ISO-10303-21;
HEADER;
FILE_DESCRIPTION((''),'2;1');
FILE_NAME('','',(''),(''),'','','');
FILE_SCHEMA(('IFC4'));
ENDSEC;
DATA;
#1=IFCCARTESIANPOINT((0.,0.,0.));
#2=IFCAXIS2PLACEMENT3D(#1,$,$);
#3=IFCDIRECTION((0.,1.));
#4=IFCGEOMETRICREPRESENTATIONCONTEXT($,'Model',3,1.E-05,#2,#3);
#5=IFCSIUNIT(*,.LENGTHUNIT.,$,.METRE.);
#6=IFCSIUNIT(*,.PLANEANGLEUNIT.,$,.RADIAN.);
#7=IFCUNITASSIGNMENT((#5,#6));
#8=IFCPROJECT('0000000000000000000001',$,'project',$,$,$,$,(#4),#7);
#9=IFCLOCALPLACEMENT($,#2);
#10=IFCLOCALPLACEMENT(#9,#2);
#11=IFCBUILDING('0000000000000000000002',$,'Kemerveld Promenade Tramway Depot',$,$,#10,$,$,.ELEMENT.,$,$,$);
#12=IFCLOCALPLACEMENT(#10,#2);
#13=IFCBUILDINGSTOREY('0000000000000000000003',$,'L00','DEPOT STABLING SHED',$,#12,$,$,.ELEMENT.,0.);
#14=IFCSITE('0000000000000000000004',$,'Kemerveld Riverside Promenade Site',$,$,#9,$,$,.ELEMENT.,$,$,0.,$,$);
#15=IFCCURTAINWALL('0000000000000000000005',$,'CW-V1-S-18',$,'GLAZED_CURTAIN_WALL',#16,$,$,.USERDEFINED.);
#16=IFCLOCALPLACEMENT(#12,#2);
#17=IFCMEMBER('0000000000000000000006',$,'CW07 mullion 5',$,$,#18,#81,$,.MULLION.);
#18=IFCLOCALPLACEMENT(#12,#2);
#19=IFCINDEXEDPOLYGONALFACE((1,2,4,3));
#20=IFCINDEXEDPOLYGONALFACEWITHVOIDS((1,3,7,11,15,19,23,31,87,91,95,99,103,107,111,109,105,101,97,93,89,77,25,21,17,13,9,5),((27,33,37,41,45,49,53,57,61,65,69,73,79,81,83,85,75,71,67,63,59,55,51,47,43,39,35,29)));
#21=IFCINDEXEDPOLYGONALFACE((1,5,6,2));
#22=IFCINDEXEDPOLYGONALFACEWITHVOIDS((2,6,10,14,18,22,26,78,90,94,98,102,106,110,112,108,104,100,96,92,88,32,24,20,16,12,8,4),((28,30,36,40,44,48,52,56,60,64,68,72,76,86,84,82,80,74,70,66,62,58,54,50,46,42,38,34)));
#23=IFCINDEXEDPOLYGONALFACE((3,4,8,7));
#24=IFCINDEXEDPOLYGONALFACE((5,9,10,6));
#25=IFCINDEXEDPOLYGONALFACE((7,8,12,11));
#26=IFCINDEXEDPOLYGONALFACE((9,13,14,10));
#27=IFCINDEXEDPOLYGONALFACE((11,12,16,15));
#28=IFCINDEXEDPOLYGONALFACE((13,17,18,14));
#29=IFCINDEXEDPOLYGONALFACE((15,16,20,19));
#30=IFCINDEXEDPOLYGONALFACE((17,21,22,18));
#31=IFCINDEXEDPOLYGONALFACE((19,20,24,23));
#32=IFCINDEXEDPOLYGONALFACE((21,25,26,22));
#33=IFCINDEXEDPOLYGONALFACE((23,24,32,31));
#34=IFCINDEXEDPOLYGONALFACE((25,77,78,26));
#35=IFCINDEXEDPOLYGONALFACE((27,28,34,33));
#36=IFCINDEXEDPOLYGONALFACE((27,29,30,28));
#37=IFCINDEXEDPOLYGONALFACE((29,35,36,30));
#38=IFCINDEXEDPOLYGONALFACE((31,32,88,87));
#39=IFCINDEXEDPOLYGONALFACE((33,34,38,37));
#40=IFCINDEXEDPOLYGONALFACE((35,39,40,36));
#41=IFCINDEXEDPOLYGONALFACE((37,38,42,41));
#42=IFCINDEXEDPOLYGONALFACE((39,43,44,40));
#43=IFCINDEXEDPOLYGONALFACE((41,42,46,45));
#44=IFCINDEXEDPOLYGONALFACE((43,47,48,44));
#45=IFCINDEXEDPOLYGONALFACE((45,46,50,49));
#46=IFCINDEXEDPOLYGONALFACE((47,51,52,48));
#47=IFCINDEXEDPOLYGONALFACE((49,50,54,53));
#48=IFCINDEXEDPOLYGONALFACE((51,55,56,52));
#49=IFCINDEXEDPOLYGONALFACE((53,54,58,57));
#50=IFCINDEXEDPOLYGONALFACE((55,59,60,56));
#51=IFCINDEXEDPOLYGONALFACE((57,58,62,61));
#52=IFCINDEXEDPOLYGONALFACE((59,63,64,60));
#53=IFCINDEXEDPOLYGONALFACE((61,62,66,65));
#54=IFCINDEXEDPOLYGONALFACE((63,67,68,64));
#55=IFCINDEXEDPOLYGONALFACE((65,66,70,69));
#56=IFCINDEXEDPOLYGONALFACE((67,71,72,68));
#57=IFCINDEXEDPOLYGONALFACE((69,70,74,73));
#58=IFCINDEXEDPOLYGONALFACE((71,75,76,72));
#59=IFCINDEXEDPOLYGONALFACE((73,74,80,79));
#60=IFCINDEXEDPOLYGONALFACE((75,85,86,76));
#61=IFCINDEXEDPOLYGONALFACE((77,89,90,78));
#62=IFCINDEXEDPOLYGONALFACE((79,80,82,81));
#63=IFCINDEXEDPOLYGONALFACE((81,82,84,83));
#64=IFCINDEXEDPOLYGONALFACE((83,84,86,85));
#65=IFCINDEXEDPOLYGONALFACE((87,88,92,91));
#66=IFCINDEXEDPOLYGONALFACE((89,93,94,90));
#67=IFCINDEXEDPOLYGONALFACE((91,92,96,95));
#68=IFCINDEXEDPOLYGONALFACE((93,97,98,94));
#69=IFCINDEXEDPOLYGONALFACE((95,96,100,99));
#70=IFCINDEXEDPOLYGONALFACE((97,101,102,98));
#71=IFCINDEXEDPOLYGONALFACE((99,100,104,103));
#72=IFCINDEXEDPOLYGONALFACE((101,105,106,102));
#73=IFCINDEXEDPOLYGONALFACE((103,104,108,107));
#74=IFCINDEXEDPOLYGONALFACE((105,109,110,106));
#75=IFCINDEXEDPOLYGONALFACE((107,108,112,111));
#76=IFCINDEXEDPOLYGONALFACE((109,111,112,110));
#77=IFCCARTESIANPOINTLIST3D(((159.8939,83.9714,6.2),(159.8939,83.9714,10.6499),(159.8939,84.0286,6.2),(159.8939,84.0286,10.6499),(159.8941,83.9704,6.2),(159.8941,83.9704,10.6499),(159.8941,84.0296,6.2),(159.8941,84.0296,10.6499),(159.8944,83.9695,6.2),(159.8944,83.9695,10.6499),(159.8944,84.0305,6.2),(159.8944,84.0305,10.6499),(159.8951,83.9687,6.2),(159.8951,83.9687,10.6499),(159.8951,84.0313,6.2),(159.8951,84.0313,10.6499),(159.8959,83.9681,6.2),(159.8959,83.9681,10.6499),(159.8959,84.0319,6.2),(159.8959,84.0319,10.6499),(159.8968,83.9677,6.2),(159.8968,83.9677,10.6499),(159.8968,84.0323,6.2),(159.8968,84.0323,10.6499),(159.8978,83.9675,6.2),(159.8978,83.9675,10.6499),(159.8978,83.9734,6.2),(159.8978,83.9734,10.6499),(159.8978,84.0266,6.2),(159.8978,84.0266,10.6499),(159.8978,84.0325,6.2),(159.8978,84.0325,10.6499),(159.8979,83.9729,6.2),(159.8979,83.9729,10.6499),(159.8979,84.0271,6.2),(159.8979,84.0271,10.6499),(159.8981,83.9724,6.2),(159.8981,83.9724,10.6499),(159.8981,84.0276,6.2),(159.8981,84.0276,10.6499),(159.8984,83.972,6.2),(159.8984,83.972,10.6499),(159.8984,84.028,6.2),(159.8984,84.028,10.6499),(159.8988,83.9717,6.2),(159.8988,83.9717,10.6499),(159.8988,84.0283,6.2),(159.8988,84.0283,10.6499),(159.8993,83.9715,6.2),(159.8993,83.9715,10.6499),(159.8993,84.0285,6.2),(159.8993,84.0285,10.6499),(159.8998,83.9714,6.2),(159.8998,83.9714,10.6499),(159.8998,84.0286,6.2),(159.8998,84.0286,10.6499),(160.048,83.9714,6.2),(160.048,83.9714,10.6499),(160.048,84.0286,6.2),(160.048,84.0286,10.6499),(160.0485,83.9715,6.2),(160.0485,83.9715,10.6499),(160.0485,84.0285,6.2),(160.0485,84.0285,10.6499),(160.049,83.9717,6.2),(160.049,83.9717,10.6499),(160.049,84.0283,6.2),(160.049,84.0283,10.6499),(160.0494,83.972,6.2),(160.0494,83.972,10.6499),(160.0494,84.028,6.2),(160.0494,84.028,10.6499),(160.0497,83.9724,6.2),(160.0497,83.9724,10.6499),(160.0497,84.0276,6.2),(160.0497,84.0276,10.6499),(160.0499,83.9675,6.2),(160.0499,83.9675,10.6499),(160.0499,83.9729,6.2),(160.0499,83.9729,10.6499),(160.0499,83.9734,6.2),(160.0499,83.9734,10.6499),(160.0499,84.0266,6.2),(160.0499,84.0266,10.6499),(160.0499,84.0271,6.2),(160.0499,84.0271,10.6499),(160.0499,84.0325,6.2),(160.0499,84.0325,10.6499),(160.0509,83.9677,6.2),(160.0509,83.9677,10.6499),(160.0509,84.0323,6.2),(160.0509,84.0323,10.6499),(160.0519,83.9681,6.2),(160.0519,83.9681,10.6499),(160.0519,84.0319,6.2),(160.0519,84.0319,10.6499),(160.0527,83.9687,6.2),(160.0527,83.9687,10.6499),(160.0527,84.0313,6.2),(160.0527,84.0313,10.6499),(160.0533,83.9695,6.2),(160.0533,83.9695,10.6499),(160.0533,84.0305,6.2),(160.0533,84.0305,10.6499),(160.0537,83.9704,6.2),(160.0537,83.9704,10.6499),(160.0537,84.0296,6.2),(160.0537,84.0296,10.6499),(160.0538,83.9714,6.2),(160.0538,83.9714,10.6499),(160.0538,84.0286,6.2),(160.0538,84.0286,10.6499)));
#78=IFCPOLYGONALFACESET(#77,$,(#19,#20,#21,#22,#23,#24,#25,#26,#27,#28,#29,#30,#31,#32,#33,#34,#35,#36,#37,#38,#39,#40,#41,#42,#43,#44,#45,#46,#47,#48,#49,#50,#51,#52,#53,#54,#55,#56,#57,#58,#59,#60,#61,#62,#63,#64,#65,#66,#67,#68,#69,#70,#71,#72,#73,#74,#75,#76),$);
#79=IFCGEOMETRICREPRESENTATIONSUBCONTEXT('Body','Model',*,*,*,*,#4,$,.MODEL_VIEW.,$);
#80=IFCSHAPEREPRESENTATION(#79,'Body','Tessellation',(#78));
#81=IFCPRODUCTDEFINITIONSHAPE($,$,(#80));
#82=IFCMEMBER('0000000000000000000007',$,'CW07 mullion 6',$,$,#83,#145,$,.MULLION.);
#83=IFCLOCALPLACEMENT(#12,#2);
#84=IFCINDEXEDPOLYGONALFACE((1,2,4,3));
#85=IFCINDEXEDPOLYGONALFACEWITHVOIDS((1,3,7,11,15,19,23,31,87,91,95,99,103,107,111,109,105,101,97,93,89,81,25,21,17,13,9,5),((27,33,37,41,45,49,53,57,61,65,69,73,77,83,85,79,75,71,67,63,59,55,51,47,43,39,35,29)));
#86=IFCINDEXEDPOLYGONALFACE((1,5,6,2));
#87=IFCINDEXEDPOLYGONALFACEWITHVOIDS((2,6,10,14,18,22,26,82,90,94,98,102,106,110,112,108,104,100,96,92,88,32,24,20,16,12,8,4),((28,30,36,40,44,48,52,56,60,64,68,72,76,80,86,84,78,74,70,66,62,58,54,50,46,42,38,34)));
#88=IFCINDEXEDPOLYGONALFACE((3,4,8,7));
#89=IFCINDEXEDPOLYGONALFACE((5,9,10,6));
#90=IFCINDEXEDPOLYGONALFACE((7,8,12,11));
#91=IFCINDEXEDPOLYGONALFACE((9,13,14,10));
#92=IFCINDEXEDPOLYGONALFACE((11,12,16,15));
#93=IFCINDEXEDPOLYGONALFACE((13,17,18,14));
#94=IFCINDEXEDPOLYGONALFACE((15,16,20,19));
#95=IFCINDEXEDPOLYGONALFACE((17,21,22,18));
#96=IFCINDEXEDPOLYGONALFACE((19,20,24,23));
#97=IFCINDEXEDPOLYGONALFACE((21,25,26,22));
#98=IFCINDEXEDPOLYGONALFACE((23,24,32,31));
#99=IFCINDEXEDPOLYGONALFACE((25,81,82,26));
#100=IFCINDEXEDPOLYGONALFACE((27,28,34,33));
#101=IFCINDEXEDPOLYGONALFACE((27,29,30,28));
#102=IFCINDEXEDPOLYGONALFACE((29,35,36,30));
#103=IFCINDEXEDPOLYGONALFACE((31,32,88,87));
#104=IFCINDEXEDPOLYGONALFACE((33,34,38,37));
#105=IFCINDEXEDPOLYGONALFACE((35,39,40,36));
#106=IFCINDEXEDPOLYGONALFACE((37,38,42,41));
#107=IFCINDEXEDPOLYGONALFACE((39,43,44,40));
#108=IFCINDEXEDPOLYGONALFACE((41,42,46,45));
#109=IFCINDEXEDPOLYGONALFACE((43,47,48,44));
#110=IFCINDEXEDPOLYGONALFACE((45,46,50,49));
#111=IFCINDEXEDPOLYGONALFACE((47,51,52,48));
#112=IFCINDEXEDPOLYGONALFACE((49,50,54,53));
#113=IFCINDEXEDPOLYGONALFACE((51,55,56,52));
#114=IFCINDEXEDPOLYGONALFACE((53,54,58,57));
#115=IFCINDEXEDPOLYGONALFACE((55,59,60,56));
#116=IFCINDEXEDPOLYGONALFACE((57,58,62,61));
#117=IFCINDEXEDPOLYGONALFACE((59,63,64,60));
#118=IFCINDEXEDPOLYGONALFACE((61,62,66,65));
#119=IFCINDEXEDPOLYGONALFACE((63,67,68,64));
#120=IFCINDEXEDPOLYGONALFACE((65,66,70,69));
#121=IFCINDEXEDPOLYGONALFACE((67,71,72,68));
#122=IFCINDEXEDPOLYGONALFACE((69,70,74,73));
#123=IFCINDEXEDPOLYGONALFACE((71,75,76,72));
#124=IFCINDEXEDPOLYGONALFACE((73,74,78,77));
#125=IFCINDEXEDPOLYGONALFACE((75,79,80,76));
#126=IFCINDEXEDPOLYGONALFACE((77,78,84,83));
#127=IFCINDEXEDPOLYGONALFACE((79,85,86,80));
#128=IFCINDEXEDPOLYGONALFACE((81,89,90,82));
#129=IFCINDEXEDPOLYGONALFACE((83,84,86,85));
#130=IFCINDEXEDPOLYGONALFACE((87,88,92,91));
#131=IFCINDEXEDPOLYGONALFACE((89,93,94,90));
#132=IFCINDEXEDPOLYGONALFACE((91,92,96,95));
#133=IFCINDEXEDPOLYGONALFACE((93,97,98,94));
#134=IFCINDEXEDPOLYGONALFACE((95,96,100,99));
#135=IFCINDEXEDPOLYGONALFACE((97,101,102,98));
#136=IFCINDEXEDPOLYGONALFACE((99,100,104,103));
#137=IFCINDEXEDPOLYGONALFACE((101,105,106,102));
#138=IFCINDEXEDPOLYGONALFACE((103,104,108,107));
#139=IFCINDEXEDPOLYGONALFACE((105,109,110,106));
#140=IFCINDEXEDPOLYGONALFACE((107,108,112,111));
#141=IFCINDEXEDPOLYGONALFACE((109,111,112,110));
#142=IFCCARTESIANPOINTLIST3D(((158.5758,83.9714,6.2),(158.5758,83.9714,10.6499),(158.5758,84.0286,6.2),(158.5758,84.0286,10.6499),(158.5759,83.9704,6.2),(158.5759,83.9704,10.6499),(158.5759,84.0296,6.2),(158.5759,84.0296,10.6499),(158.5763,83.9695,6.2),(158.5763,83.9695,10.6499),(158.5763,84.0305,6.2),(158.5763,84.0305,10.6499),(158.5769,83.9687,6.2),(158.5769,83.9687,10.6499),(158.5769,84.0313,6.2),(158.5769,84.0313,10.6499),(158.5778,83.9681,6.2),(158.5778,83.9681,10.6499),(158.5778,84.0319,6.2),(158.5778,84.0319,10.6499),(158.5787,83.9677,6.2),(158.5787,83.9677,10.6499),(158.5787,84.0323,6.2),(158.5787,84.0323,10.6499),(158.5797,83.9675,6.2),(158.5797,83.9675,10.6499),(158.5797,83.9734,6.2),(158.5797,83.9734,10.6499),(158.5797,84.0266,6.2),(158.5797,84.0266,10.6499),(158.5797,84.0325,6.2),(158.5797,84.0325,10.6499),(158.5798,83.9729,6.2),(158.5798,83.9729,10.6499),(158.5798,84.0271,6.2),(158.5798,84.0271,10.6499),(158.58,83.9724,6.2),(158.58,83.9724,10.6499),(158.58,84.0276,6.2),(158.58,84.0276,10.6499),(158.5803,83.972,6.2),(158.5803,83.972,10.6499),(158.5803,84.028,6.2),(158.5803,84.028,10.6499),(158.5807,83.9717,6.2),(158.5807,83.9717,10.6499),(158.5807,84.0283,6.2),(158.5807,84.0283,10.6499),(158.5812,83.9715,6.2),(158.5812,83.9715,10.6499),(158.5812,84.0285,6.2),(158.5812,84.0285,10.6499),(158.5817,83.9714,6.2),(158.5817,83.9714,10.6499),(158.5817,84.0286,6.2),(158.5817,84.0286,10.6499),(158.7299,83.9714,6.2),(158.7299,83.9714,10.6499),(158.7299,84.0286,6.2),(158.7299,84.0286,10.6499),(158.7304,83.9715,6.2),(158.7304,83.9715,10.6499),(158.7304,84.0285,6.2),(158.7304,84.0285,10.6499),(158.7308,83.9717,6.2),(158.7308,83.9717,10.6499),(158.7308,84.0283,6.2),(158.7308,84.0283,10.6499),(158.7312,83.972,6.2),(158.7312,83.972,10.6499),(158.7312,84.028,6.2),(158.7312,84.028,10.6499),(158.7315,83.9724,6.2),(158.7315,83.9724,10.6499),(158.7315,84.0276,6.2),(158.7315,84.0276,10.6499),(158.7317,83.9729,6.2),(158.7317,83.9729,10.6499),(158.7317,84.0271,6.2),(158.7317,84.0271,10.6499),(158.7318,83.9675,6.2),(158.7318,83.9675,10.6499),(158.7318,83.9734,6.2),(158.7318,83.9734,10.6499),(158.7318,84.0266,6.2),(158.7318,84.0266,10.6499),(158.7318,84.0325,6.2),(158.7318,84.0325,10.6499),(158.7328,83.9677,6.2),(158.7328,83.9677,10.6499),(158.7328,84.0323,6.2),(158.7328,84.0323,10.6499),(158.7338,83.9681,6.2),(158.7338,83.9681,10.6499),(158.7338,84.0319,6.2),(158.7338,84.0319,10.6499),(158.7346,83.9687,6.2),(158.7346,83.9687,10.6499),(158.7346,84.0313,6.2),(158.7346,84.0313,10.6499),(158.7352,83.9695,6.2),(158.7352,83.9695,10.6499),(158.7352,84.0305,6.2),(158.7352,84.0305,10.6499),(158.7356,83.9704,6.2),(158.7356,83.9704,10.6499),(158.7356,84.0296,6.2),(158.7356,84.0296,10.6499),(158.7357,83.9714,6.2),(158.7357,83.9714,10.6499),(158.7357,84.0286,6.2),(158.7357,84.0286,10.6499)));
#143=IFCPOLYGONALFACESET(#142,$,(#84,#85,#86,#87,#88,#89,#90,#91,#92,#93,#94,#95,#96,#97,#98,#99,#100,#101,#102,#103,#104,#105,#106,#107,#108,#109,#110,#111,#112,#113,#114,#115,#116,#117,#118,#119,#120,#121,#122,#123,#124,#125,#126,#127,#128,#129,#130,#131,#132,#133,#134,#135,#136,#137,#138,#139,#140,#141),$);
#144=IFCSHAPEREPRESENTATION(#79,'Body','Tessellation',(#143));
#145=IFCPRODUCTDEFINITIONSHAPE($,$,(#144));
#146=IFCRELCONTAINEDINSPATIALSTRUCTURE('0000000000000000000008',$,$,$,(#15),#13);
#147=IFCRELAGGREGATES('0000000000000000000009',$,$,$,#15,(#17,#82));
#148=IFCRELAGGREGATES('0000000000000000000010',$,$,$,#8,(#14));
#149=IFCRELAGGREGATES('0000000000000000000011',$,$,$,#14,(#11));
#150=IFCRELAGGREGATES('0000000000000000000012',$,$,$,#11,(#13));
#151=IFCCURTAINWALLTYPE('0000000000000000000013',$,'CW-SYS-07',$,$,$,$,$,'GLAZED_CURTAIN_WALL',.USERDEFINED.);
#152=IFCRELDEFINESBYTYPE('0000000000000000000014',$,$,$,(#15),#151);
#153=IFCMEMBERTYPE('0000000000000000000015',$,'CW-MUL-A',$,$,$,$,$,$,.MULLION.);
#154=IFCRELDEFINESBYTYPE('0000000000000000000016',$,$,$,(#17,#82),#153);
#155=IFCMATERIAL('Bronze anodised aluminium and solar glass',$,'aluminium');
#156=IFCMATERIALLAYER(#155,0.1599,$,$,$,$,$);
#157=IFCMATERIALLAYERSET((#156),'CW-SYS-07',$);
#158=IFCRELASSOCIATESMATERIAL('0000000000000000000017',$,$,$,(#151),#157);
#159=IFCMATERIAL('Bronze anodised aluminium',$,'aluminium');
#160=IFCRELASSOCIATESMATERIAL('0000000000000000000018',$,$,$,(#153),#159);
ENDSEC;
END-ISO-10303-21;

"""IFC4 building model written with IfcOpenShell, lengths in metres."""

from ifc_helpers import new_model, si_unit, direction, frame, origin, origin_2d, place, context, subcontext, project, spatial, hollow_rectangle, extrude, material, layer, layer_set, material_profile, profile_set, type_object, element, aggregate, save


model = new_model("IFC4")

# Units and contexts
model_context = context("Model", 3, precision=1e-05, world=origin(), true_north=direction((0.0, 1.0)))
body_context = subcontext(model_context, "Body", "Model", "MODEL_VIEW")
ifc_project = project(units=[si_unit("LENGTHUNIT", "METRE"), si_unit("PLANEANGLEUNIT", "RADIAN")], contexts=[model_context])

# Site, building, storey
site_placement = place(None, origin())
site = spatial("IfcSite", under=ifc_project, at=site_placement, Name="Kemerveld Riverside Promenade Site", CompositionType="ELEMENT", RefElevation=0.0)
building_placement = place(site_placement, origin())
building = spatial("IfcBuilding", under=site, at=building_placement, Name="Kemerveld Promenade Tramway Depot", CompositionType="ELEMENT")
storey_placement = place(building_placement, origin())
storey = spatial("IfcBuildingStorey", under=building, at=storey_placement, Name="L00", Description="DEPOT STABLING SHED", CompositionType="ELEMENT", Elevation=0.0)

# Curtain wall, members
ifc_material_1 = material(Name="Bronze anodised aluminium and solar glass", Category="aluminium")
ifc_layer_1 = layer(ifc_material_1, 0.1599)
ifc_layer_set_1 = layer_set([ifc_layer_1], Name="CW-SYS-07")
curtain_wall_type_1 = type_object("IfcCurtainWallType", Name="CW-SYS-07", ElementType="GLAZED_CURTAIN_WALL", PredefinedType="USERDEFINED", material=ifc_layer_set_1)
curtain_wall_1_placement = place(storey_placement, origin())
curtain_wall_1 = element("IfcCurtainWall", 1, at=curtain_wall_1_placement, inside=storey, type_object=curtain_wall_type_1, Name="CW-V1-S-18", ObjectType="GLAZED_CURTAIN_WALL", PredefinedType="USERDEFINED")
ifc_material_2 = material(Name="Bronze anodised aluminium", Category="aluminium")
ifc_material_profile_1 = material_profile(ifc_material_2, hollow_rectangle(XDim=0.0649, YDim=0.1599, WallThickness=0.0039, InnerFilletRadius=0.002, OuterFilletRadius=0.0039, at=origin_2d()), Name="CW-MUL-160x65")
ifc_profile_set_1 = profile_set([ifc_material_profile_1], Name="Bronze anodised aluminium")
member_type_1 = type_object("IfcMemberType", Name="CW-MUL-A", PredefinedType="MULLION", material=ifc_profile_set_1)
member_1_placement = place(storey_placement, frame((159.9739, 84.0, 6.2), z_axis=(0.0, 0.0, 1.0), x_axis=(0.0, -1.0, 0.0)))
member_1 = element("IfcMember", 2, at=member_1_placement, type_object=member_type_1, Name="CW07 mullion 5", PredefinedType="MULLION", context=body_context, shape_type="SweptSolid", body=[
    extrude(hollow_rectangle(XDim=0.0649, YDim=0.1599, WallThickness=0.0039, InnerFilletRadius=0.002, OuterFilletRadius=0.0039, at=origin_2d()), origin(), (0.0, 0.0, 1.0), 4.45),
])
member_2_placement = place(storey_placement, frame((158.6558, 84.0, 6.2), z_axis=(0.0, 0.0, 1.0), x_axis=(0.0, -1.0, 0.0)))
member_2 = element("IfcMember", 3, at=member_2_placement, type_object=member_type_1, Name="CW07 mullion 6", PredefinedType="MULLION", context=body_context, shape_type="SweptSolid", body=[
    extrude(hollow_rectangle(XDim=0.0649, YDim=0.1599, WallThickness=0.0039, InnerFilletRadius=0.002, OuterFilletRadius=0.0039, at=origin_2d()), origin(), (0.0, 0.0, 1.0), 4.45),
])

aggregate(curtain_wall_1, [member_1, member_2])

save(model, "model.ifc")
